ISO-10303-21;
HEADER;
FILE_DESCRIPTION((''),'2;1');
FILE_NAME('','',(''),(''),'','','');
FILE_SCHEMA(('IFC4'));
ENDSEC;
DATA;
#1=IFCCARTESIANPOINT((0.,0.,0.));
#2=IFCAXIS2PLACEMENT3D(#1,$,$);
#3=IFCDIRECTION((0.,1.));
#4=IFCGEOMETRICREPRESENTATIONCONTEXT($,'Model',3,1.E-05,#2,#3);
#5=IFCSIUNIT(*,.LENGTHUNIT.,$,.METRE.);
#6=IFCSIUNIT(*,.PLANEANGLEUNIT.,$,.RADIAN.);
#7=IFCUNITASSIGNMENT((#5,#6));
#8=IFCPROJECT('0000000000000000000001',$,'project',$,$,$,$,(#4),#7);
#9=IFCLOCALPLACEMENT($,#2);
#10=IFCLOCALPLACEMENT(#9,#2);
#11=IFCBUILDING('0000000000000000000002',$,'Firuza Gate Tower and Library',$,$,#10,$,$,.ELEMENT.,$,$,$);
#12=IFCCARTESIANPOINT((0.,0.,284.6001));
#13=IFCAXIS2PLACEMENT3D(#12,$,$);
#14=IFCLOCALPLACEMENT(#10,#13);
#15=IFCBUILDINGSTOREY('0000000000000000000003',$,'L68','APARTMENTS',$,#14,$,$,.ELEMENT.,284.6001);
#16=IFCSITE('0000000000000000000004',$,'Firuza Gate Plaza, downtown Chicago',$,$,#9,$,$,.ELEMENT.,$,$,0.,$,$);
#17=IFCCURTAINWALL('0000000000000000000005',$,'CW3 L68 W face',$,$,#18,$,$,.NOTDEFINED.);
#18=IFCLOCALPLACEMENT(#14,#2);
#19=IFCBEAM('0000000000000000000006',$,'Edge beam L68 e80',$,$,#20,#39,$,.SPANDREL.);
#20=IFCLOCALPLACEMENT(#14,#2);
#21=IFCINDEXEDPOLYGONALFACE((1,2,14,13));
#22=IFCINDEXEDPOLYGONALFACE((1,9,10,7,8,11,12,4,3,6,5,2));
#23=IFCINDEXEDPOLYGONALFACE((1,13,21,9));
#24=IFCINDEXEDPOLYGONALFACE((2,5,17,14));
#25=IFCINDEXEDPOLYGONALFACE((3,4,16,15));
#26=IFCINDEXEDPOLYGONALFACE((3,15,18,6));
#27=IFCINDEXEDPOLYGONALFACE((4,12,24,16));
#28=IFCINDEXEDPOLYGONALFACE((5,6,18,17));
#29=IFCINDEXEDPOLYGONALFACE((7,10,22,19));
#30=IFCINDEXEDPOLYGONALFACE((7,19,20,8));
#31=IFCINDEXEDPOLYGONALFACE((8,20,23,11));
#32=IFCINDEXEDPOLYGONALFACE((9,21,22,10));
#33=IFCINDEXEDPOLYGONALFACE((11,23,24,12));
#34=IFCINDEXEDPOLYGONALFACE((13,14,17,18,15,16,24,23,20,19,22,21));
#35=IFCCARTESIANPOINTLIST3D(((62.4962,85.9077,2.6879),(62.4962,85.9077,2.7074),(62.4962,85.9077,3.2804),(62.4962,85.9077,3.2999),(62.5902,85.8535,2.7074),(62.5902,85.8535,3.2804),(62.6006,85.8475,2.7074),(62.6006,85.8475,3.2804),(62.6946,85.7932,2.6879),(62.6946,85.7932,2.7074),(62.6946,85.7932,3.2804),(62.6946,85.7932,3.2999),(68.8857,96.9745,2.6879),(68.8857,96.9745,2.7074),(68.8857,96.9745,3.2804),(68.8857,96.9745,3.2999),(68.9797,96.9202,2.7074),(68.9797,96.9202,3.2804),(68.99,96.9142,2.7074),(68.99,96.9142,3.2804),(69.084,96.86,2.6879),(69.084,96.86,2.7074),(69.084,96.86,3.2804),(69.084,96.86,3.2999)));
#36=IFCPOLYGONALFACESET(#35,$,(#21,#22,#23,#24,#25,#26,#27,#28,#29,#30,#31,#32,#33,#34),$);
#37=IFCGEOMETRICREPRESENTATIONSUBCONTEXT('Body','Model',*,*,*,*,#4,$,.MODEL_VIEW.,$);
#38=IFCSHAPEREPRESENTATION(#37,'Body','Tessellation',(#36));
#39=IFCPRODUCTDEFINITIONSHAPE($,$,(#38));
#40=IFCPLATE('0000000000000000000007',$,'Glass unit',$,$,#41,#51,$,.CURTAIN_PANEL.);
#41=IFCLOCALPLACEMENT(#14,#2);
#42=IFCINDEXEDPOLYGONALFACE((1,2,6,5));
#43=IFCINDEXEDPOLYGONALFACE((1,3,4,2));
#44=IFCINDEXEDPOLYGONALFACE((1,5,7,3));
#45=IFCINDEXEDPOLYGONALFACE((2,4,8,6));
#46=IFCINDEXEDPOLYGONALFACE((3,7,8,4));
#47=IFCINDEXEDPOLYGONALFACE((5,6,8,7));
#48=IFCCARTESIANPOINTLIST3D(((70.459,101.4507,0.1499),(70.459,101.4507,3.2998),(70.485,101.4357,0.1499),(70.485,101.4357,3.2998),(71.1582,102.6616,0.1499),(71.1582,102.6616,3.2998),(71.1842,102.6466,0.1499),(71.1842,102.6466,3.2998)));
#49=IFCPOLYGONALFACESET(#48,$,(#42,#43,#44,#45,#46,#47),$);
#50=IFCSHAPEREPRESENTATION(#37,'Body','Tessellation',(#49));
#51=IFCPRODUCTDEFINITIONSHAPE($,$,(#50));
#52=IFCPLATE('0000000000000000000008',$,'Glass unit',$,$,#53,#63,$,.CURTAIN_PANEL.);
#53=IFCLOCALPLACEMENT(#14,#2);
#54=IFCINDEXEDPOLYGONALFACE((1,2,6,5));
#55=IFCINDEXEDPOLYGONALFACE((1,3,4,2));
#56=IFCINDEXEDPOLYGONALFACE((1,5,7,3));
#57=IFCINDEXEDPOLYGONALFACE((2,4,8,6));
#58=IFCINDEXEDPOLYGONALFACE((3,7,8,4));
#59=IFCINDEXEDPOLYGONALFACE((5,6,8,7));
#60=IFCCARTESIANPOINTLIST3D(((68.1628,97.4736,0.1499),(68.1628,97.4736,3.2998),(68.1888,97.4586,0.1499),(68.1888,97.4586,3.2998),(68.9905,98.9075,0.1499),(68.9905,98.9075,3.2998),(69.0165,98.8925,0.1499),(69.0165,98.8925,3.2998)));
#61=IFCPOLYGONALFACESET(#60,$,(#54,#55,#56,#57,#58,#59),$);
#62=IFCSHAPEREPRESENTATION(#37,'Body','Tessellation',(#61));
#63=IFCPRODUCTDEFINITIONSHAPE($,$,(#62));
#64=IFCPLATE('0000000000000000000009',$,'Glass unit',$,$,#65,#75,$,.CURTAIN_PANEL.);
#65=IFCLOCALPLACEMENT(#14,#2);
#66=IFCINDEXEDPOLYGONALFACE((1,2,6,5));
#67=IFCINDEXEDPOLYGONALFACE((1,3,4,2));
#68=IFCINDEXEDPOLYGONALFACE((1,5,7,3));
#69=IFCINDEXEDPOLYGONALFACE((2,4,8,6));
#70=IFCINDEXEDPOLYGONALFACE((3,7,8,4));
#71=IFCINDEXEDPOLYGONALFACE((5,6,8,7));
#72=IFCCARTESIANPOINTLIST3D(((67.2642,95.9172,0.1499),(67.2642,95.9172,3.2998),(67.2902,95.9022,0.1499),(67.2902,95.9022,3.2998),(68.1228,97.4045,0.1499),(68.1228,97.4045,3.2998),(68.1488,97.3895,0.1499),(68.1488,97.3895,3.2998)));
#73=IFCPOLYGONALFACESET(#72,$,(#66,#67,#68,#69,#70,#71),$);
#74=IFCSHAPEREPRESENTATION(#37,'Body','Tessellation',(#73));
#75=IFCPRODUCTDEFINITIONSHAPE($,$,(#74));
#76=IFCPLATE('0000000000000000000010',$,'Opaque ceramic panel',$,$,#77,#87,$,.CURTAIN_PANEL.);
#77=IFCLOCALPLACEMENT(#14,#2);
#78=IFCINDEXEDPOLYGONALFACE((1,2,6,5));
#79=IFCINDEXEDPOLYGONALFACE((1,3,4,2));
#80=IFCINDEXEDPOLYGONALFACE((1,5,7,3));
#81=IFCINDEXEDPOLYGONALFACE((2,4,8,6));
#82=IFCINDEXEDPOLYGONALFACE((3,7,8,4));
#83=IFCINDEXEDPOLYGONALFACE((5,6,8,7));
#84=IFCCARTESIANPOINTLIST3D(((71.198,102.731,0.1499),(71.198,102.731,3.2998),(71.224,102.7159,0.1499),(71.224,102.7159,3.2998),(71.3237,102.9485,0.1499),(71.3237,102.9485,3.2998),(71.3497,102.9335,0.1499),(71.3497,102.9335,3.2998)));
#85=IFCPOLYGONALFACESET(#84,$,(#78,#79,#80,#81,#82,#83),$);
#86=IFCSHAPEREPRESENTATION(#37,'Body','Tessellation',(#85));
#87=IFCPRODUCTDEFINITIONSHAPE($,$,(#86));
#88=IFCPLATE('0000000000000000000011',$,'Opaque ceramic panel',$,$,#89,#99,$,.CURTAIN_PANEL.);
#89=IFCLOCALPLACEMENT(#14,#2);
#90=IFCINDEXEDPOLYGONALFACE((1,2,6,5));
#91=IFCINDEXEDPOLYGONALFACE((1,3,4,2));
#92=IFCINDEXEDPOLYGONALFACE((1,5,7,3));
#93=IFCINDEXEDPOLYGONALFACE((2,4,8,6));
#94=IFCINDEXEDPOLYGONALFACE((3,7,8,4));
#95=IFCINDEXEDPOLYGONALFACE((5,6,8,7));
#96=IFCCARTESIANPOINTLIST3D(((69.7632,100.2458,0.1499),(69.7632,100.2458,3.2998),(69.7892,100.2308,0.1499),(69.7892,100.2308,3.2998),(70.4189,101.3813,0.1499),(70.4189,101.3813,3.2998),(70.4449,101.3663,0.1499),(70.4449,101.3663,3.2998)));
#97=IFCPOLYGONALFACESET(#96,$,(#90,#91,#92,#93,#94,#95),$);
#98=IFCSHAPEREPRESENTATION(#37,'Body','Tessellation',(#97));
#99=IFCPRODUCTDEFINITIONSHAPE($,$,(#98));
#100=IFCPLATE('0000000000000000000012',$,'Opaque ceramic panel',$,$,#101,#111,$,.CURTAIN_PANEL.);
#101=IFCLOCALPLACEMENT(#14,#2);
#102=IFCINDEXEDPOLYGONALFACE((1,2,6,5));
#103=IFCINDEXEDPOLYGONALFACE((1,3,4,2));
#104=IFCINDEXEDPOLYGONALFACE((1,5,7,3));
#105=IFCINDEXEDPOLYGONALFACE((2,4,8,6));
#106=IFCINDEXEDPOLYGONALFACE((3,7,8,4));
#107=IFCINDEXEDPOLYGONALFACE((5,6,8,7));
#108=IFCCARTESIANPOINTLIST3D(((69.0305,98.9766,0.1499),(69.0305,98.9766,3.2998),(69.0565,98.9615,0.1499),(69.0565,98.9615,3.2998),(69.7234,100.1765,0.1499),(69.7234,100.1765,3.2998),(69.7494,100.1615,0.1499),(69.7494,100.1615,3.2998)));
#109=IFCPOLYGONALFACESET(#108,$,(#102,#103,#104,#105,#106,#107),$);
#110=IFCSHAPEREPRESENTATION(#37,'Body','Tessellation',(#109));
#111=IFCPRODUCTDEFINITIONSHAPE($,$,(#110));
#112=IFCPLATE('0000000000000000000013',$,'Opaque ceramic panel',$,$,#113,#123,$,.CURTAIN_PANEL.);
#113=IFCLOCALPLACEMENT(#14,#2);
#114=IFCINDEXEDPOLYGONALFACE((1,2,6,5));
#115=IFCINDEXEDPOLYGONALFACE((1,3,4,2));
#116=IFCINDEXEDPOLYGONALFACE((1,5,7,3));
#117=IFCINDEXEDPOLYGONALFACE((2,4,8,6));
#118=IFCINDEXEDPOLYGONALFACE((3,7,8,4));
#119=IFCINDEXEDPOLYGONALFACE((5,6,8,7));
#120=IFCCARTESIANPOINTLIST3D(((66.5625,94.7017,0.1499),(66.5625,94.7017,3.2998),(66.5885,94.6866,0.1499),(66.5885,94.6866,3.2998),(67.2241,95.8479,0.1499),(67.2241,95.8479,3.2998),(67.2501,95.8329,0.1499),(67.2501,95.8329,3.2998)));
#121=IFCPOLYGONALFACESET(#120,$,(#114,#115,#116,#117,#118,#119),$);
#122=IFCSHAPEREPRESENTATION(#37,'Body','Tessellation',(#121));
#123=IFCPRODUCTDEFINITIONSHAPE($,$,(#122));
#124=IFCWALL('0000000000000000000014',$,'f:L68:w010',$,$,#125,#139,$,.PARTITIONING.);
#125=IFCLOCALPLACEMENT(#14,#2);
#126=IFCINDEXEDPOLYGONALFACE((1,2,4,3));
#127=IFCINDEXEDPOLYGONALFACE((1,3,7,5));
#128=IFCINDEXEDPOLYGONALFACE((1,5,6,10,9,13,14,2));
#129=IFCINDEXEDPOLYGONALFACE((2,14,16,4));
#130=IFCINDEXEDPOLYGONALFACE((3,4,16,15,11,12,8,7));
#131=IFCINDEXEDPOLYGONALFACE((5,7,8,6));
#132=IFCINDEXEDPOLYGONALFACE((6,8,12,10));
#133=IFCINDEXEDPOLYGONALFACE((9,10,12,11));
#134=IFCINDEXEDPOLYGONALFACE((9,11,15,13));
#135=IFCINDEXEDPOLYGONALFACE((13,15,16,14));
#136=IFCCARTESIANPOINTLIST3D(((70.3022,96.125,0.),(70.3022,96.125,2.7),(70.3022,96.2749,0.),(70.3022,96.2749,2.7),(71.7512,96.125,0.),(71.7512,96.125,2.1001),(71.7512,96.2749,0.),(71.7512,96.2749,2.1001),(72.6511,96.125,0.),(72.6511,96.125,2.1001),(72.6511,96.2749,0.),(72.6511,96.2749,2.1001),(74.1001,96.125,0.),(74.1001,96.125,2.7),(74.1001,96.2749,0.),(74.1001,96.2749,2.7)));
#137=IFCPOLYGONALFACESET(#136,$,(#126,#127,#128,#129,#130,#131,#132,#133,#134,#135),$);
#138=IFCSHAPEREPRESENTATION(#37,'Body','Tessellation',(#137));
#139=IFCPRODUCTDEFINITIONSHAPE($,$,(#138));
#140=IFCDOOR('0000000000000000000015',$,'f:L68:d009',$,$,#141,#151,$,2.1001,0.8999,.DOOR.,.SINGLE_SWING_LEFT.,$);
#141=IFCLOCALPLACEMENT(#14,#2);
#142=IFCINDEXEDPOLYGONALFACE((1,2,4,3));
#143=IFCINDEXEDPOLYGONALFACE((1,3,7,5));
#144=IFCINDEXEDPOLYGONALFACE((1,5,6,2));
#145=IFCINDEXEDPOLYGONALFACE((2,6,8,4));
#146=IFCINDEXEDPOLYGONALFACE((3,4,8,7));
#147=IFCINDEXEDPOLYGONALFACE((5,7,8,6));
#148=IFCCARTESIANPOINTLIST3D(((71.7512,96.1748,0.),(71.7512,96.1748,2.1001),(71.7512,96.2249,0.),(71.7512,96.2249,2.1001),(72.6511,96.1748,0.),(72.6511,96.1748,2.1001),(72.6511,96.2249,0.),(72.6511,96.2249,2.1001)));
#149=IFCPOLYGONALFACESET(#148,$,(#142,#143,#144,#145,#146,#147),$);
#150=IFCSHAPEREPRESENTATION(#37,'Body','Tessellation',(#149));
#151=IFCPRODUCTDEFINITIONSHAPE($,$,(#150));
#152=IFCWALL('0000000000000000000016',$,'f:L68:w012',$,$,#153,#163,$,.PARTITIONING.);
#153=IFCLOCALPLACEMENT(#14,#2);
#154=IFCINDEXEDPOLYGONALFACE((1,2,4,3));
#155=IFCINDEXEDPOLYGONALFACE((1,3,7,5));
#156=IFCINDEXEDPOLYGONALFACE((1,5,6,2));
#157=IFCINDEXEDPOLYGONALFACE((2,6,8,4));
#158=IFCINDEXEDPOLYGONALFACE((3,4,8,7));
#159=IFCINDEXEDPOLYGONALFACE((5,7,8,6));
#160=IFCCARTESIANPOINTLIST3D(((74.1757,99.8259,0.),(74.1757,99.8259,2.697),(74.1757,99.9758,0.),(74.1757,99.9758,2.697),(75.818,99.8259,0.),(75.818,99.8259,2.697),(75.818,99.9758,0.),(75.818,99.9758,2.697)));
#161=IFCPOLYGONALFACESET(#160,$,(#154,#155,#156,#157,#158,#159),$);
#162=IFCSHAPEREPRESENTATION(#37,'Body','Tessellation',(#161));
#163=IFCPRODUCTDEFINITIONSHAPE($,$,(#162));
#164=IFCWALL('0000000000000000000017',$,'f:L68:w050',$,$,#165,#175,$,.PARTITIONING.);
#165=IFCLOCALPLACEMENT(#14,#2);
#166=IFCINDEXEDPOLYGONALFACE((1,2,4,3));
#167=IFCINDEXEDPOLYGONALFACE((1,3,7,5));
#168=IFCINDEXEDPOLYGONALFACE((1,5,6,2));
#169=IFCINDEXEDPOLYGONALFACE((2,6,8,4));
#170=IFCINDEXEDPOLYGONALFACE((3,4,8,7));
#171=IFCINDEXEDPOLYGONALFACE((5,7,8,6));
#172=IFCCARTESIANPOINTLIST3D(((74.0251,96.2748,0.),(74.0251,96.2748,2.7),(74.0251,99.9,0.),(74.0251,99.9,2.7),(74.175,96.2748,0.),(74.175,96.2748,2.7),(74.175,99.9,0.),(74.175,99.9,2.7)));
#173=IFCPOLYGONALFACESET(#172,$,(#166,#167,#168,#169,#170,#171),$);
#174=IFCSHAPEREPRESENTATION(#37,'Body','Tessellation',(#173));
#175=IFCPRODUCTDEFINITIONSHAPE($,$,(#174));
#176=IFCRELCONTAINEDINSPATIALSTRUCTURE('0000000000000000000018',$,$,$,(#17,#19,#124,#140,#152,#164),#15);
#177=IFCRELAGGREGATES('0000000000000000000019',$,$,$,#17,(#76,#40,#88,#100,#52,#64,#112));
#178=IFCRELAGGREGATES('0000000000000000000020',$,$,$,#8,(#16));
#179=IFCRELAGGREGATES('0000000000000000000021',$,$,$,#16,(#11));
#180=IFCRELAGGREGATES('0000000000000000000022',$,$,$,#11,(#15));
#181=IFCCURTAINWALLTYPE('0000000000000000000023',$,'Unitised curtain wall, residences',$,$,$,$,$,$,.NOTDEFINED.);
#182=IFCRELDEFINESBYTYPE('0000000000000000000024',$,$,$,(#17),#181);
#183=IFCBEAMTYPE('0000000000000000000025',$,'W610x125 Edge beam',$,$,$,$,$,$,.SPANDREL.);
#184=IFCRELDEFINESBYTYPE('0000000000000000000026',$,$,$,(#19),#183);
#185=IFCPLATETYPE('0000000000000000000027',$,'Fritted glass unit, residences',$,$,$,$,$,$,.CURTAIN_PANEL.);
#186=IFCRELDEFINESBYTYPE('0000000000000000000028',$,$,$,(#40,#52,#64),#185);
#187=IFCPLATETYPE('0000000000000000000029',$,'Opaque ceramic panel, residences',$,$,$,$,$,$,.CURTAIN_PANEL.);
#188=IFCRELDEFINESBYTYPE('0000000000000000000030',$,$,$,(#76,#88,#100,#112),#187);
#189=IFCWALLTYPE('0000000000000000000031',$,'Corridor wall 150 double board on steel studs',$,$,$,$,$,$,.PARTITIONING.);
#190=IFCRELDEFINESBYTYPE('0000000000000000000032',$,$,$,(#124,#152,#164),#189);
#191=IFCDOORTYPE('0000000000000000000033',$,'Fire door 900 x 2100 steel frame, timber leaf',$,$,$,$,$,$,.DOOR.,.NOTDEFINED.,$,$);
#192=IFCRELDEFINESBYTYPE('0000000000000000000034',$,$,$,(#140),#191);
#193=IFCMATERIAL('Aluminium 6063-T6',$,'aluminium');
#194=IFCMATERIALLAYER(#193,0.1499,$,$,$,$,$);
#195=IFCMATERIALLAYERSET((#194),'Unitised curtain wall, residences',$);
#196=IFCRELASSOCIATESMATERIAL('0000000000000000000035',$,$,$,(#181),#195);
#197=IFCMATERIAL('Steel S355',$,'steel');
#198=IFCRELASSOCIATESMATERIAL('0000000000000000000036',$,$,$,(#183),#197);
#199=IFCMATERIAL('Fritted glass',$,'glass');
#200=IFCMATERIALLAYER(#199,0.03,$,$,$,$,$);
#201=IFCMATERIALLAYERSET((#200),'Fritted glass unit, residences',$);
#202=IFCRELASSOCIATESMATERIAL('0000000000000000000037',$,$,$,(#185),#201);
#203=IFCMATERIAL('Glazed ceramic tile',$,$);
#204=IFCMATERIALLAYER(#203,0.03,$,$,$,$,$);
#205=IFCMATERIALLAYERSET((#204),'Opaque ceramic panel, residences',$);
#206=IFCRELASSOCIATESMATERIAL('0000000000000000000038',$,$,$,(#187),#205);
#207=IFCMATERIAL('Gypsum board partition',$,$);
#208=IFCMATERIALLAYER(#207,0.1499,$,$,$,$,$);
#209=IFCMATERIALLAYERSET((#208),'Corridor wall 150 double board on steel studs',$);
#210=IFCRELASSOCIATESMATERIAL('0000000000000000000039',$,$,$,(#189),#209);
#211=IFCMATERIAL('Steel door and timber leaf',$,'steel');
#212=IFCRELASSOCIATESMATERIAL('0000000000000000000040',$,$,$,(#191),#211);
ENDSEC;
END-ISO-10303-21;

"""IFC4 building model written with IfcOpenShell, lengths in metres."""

from ifc_helpers import new_model, si_unit, direction, frame, frame_2d, origin, origin_2d, place, context, subcontext, project, spatial, polyline, rectangle, i_section, outline, extrude, material, layer, layer_set, material_profile, profile_set, type_object, element, fill, aggregate, save


model = new_model("IFC4")

# Units and contexts
model_context = context("Model", 3, precision=1e-05, world=origin(), true_north=direction((0.0, 1.0)))
body_context = subcontext(model_context, "Body", "Model", "MODEL_VIEW")
ifc_project = project(units=[si_unit("LENGTHUNIT", "METRE"), si_unit("PLANEANGLEUNIT", "RADIAN")], contexts=[model_context])

# Site, building, storey
site_placement = place(None, origin())
site = spatial("IfcSite", under=ifc_project, at=site_placement, Name="Firuza Gate Plaza, downtown Chicago", CompositionType="ELEMENT", RefElevation=0.0)
building_placement = place(site_placement, origin())
building = spatial("IfcBuilding", under=site, at=building_placement, Name="Firuza Gate Tower and Library", CompositionType="ELEMENT")
storey_placement = place(building_placement, frame((0.0, 0.0, 284.6001)))
storey = spatial("IfcBuildingStorey", under=building, at=storey_placement, Name="L68", Description="APARTMENTS", CompositionType="ELEMENT", Elevation=284.6001)

# Curtain wall
ifc_material_1 = material(Name="Aluminium 6063-T6", Category="aluminium")
ifc_layer_1 = layer(ifc_material_1, 0.1499)
ifc_layer_set_1 = layer_set([ifc_layer_1], Name="Unitised curtain wall, residences")
curtain_wall_type = type_object("IfcCurtainWallType", Name="Unitised curtain wall, residences", PredefinedType="NOTDEFINED", material=ifc_layer_set_1)
curtain_wall_placement = place(storey_placement, origin())
curtain_wall = element("IfcCurtainWall", 1, at=curtain_wall_placement, inside=storey, type_object=curtain_wall_type, Name="CW3 L68 W face", PredefinedType="NOTDEFINED")

# Beam
ifc_material_2 = material(Name="Steel S355", Category="steel")
ifc_material_profile_1 = material_profile(ifc_material_2, i_section(OverallWidth=0.229, OverallDepth=0.6121, WebThickness=0.012, FlangeThickness=0.0195, at=origin_2d()))
ifc_profile_set_1 = profile_set([ifc_material_profile_1], Name="Steel S355")
beam_type_1 = type_object("IfcBeamType", Name="W610x125 Edge beam", PredefinedType="SPANDREL", material=ifc_profile_set_1)
beam_1_placement = place(storey_placement, frame((68.9849, 96.9172, 2.9939), z_axis=(-0.500004, -0.866023, 0.0), x_axis=(0.866023, -0.500004, 0.0)))
element("IfcBeam", 2, at=beam_1_placement, inside=storey, type_object=beam_type_1, Name="Edge beam L68 e80", PredefinedType="SPANDREL", context=body_context, shape_type="SweptSolid", body=[
    extrude(i_section(OverallWidth=0.229, OverallDepth=0.6121, WebThickness=0.012, FlangeThickness=0.0195, at=origin_2d()), origin(), (0.0, 0.0, 1.0), 12.7788),
])

# Plates
ifc_material_3 = material(Name="Fritted glass", Category="glass")
ifc_layer_2 = layer(ifc_material_3, 0.03)
ifc_layer_set_2 = layer_set([ifc_layer_2], Name="Fritted glass unit, residences")
plate_type_1 = type_object("IfcPlateType", Name="Fritted glass unit, residences", PredefinedType="CURTAIN_PANEL", material=ifc_layer_set_2)
plate_1_placement = place(storey_placement, frame((71.1582, 102.6616, 0.1499), z_axis=(-0.865999, 0.500045, 0.0), x_axis=(-0.500045, -0.865999, 0.0)))
plate_1 = element("IfcPlate", 3, at=plate_1_placement, type_object=plate_type_1, Name="Glass unit", PredefinedType="CURTAIN_PANEL", context=body_context, shape_type="SweptSolid", body=[
    extrude(outline(polyline([(0.0, 0.0), (1.3983, 0.0), (1.3983, 3.1499), (0.0, 3.1499), (0.0, 0.0)])), origin(), (0.0, 0.0, -1.0), 0.03),
])
plate_2_placement = place(storey_placement, frame((68.9905, 98.9075, 0.1499), z_axis=(-0.866075, 0.499914, 0.0), x_axis=(-0.499914, -0.866075, 0.0)))
plate_2 = element("IfcPlate", 4, at=plate_2_placement, type_object=plate_type_1, Name="Glass unit", PredefinedType="CURTAIN_PANEL", context=body_context, shape_type="SweptSolid", body=[
    extrude(outline(polyline([(0.0, 0.0), (1.6556, 0.0), (1.6556, 3.1499), (0.0, 3.1499), (0.0, 0.0)])), origin(), (0.0, 0.0, -1.0), 0.03),
])
plate_3_placement = place(storey_placement, frame((68.1228, 97.4045, 0.1499), z_axis=(-0.866039, 0.499977, 0.0), x_axis=(-0.499977, -0.866039, 0.0)))
plate_3 = element("IfcPlate", 5, at=plate_3_placement, type_object=plate_type_1, Name="Glass unit", PredefinedType="CURTAIN_PANEL", context=body_context, shape_type="SweptSolid", body=[
    extrude(outline(polyline([(0.0, 0.0), (1.7174, 0.0), (1.7174, 3.1499), (0.0, 3.1499), (0.0, 0.0)])), origin(), (0.0, 0.0, -1.0), 0.03),
])
ifc_material_4 = material(Name="Glazed ceramic tile")
ifc_layer_3 = layer(ifc_material_4, 0.03)
ifc_layer_set_3 = layer_set([ifc_layer_3], Name="Opaque ceramic panel, residences")
plate_type_2 = type_object("IfcPlateType", Name="Opaque ceramic panel, residences", PredefinedType="CURTAIN_PANEL", material=ifc_layer_set_3)
plate_4_placement = place(storey_placement, frame((71.3237, 102.9485, 0.1499), z_axis=(-0.865781, 0.500423, 0.0), x_axis=(-0.500423, -0.865781, 0.0)))
plate_4 = element("IfcPlate", 6, at=plate_4_placement, type_object=plate_type_2, Name="Opaque ceramic panel", PredefinedType="CURTAIN_PANEL", context=body_context, shape_type="SweptSolid", body=[
    extrude(outline(polyline([(0.0, 0.0), (0.2513, 0.0), (0.2513, 3.1499), (0.0, 3.1499), (0.0, 0.0)])), origin(), (0.0, 0.0, -1.0), 0.03),
])
plate_5_placement = place(storey_placement, frame((70.4189, 101.3813, 0.1499), z_axis=(-0.865965, 0.500104, 0.0), x_axis=(-0.500104, -0.865965, 0.0)))
plate_5 = element("IfcPlate", 7, at=plate_5_placement, type_object=plate_type_2, Name="Opaque ceramic panel", PredefinedType="CURTAIN_PANEL", context=body_context, shape_type="SweptSolid", body=[
    extrude(outline(polyline([(0.0, 0.0), (1.3113, 0.0), (1.3113, 3.1499), (0.0, 3.1499), (0.0, 0.0)])), origin(), (0.0, 0.0, -1.0), 0.03),
])
plate_6_placement = place(storey_placement, frame((69.7234, 100.1765, 0.1499), z_axis=(-0.866001, 0.500043, 0.0), x_axis=(-0.500043, -0.866001, 0.0)))
plate_6 = element("IfcPlate", 8, at=plate_6_placement, type_object=plate_type_2, Name="Opaque ceramic panel", PredefinedType="CURTAIN_PANEL", context=body_context, shape_type="SweptSolid", body=[
    extrude(outline(polyline([(0.0, 0.0), (1.3856, 0.0), (1.3856, 3.1499), (0.0, 3.1499), (0.0, 0.0)])), origin(), (0.0, 0.0, -1.0), 0.03),
])
plate_7_placement = place(storey_placement, frame((67.2241, 95.8479, 0.1499), z_axis=(-0.866078, 0.499909, 0.0), x_axis=(-0.499909, -0.866078, 0.0)))
plate_7 = element("IfcPlate", 9, at=plate_7_placement, type_object=plate_type_2, Name="Opaque ceramic panel", PredefinedType="CURTAIN_PANEL", context=body_context, shape_type="SweptSolid", body=[
    extrude(outline(polyline([(0.0, 0.0), (1.3235, 0.0), (1.3235, 3.1499), (0.0, 3.1499), (0.0, 0.0)])), origin(), (0.0, 0.0, -1.0), 0.03),
])
aggregate(curtain_wall, [plate_4, plate_1, plate_5, plate_6, plate_2, plate_3, plate_7])

# Wall, opening, door
ifc_material_5 = material(Name="Gypsum board partition")
ifc_layer_4 = layer(ifc_material_5, 0.1499)
ifc_layer_set_4 = layer_set([ifc_layer_4], Name="Corridor wall 150 double board on steel studs")
wall_type_1 = type_object("IfcWallType", Name="Corridor wall 150 double board on steel studs", PredefinedType="PARTITIONING", material=ifc_layer_set_4)
wall_1_placement = place(storey_placement, frame((70.3022, 96.2, 0.0), z_axis=(0.0, 0.0, 1.0), x_axis=(1.0, 0.0, 0.0)))
wall_1 = element("IfcWall", 10, at=wall_1_placement, inside=storey, type_object=wall_type_1, Name="f:L68:w010", PredefinedType="PARTITIONING", context=body_context, shape_type="SweptSolid", body=[
    extrude(rectangle(XDim=3.7979, YDim=0.1499, at=frame_2d((1.8989, 0.0))), origin(), (0.0, 0.0, 1.0), 2.7),
])
opening_placement = place(wall_1_placement, frame((1.449, 0.0, 0.0)))
opening = element("IfcOpeningElement", 11, at=opening_placement, cuts=wall_1, PredefinedType="OPENING", context=body_context, shape_type="SweptSolid", body=[
    extrude(rectangle(XDim=0.8999, YDim=2.1001, at=frame_2d((0.45, 1.05))), frame((0.0, 0.085, 0.0), z_axis=(0.0, -1.0, 0.0), x_axis=(1.0, 0.0, 0.0)), (0.0, 0.0, 1.0), 0.1699),
])
ifc_material_6 = material(Name="Steel door and timber leaf", Category="steel")
door_type = type_object("IfcDoorType", Name="Fire door 900 x 2100 steel frame, timber leaf", OperationType="NOTDEFINED", PredefinedType="DOOR", material=ifc_material_6)
door_placement = place(opening_placement, origin())
door = element("IfcDoor", 12, at=door_placement, inside=storey, type_object=door_type, Name="f:L68:d009", OperationType="SINGLE_SWING_LEFT", OverallHeight=2.1001, OverallWidth=0.8999, PredefinedType="DOOR", context=body_context, shape_type="SweptSolid", body=[
    extrude(rectangle(XDim=0.8999, YDim=2.1001, at=frame_2d((0.45, 1.05))), frame((0.0, 0.0249, 0.0), z_axis=(0.0, -1.0, 0.0), x_axis=(1.0, 0.0, 0.0)), (0.0, 0.0, 1.0), 0.05),
])
fill(opening, door)

# Walls
wall_2_placement = place(storey_placement, frame((74.1755, 99.9009, 0.0), z_axis=(0.0, 0.0, 1.0), x_axis=(1.0, 0.0, 0.0)))
element("IfcWall", 13, at=wall_2_placement, inside=storey, type_object=wall_type_1, Name="f:L68:w012", PredefinedType="PARTITIONING", context=body_context, shape_type="SweptSolid", body=[
    extrude(rectangle(XDim=1.6423, YDim=0.1499, at=frame_2d((0.8213, 0.0))), origin(), (0.0, 0.0, 1.0), 2.697),
])
wall_3_placement = place(storey_placement, frame((74.1001, 96.2749, 0.0), z_axis=(0.0, 0.0, 1.0), x_axis=(0.0, 1.0, 0.0)))
element("IfcWall", 14, at=wall_3_placement, inside=storey, type_object=wall_type_1, Name="f:L68:w050", PredefinedType="PARTITIONING", context=body_context, shape_type="SweptSolid", body=[
    extrude(rectangle(XDim=3.6252, YDim=0.1499, at=frame_2d((1.8125, 0.0))), origin(), (0.0, 0.0, 1.0), 2.7),
])

save(model, "model.ifc")
